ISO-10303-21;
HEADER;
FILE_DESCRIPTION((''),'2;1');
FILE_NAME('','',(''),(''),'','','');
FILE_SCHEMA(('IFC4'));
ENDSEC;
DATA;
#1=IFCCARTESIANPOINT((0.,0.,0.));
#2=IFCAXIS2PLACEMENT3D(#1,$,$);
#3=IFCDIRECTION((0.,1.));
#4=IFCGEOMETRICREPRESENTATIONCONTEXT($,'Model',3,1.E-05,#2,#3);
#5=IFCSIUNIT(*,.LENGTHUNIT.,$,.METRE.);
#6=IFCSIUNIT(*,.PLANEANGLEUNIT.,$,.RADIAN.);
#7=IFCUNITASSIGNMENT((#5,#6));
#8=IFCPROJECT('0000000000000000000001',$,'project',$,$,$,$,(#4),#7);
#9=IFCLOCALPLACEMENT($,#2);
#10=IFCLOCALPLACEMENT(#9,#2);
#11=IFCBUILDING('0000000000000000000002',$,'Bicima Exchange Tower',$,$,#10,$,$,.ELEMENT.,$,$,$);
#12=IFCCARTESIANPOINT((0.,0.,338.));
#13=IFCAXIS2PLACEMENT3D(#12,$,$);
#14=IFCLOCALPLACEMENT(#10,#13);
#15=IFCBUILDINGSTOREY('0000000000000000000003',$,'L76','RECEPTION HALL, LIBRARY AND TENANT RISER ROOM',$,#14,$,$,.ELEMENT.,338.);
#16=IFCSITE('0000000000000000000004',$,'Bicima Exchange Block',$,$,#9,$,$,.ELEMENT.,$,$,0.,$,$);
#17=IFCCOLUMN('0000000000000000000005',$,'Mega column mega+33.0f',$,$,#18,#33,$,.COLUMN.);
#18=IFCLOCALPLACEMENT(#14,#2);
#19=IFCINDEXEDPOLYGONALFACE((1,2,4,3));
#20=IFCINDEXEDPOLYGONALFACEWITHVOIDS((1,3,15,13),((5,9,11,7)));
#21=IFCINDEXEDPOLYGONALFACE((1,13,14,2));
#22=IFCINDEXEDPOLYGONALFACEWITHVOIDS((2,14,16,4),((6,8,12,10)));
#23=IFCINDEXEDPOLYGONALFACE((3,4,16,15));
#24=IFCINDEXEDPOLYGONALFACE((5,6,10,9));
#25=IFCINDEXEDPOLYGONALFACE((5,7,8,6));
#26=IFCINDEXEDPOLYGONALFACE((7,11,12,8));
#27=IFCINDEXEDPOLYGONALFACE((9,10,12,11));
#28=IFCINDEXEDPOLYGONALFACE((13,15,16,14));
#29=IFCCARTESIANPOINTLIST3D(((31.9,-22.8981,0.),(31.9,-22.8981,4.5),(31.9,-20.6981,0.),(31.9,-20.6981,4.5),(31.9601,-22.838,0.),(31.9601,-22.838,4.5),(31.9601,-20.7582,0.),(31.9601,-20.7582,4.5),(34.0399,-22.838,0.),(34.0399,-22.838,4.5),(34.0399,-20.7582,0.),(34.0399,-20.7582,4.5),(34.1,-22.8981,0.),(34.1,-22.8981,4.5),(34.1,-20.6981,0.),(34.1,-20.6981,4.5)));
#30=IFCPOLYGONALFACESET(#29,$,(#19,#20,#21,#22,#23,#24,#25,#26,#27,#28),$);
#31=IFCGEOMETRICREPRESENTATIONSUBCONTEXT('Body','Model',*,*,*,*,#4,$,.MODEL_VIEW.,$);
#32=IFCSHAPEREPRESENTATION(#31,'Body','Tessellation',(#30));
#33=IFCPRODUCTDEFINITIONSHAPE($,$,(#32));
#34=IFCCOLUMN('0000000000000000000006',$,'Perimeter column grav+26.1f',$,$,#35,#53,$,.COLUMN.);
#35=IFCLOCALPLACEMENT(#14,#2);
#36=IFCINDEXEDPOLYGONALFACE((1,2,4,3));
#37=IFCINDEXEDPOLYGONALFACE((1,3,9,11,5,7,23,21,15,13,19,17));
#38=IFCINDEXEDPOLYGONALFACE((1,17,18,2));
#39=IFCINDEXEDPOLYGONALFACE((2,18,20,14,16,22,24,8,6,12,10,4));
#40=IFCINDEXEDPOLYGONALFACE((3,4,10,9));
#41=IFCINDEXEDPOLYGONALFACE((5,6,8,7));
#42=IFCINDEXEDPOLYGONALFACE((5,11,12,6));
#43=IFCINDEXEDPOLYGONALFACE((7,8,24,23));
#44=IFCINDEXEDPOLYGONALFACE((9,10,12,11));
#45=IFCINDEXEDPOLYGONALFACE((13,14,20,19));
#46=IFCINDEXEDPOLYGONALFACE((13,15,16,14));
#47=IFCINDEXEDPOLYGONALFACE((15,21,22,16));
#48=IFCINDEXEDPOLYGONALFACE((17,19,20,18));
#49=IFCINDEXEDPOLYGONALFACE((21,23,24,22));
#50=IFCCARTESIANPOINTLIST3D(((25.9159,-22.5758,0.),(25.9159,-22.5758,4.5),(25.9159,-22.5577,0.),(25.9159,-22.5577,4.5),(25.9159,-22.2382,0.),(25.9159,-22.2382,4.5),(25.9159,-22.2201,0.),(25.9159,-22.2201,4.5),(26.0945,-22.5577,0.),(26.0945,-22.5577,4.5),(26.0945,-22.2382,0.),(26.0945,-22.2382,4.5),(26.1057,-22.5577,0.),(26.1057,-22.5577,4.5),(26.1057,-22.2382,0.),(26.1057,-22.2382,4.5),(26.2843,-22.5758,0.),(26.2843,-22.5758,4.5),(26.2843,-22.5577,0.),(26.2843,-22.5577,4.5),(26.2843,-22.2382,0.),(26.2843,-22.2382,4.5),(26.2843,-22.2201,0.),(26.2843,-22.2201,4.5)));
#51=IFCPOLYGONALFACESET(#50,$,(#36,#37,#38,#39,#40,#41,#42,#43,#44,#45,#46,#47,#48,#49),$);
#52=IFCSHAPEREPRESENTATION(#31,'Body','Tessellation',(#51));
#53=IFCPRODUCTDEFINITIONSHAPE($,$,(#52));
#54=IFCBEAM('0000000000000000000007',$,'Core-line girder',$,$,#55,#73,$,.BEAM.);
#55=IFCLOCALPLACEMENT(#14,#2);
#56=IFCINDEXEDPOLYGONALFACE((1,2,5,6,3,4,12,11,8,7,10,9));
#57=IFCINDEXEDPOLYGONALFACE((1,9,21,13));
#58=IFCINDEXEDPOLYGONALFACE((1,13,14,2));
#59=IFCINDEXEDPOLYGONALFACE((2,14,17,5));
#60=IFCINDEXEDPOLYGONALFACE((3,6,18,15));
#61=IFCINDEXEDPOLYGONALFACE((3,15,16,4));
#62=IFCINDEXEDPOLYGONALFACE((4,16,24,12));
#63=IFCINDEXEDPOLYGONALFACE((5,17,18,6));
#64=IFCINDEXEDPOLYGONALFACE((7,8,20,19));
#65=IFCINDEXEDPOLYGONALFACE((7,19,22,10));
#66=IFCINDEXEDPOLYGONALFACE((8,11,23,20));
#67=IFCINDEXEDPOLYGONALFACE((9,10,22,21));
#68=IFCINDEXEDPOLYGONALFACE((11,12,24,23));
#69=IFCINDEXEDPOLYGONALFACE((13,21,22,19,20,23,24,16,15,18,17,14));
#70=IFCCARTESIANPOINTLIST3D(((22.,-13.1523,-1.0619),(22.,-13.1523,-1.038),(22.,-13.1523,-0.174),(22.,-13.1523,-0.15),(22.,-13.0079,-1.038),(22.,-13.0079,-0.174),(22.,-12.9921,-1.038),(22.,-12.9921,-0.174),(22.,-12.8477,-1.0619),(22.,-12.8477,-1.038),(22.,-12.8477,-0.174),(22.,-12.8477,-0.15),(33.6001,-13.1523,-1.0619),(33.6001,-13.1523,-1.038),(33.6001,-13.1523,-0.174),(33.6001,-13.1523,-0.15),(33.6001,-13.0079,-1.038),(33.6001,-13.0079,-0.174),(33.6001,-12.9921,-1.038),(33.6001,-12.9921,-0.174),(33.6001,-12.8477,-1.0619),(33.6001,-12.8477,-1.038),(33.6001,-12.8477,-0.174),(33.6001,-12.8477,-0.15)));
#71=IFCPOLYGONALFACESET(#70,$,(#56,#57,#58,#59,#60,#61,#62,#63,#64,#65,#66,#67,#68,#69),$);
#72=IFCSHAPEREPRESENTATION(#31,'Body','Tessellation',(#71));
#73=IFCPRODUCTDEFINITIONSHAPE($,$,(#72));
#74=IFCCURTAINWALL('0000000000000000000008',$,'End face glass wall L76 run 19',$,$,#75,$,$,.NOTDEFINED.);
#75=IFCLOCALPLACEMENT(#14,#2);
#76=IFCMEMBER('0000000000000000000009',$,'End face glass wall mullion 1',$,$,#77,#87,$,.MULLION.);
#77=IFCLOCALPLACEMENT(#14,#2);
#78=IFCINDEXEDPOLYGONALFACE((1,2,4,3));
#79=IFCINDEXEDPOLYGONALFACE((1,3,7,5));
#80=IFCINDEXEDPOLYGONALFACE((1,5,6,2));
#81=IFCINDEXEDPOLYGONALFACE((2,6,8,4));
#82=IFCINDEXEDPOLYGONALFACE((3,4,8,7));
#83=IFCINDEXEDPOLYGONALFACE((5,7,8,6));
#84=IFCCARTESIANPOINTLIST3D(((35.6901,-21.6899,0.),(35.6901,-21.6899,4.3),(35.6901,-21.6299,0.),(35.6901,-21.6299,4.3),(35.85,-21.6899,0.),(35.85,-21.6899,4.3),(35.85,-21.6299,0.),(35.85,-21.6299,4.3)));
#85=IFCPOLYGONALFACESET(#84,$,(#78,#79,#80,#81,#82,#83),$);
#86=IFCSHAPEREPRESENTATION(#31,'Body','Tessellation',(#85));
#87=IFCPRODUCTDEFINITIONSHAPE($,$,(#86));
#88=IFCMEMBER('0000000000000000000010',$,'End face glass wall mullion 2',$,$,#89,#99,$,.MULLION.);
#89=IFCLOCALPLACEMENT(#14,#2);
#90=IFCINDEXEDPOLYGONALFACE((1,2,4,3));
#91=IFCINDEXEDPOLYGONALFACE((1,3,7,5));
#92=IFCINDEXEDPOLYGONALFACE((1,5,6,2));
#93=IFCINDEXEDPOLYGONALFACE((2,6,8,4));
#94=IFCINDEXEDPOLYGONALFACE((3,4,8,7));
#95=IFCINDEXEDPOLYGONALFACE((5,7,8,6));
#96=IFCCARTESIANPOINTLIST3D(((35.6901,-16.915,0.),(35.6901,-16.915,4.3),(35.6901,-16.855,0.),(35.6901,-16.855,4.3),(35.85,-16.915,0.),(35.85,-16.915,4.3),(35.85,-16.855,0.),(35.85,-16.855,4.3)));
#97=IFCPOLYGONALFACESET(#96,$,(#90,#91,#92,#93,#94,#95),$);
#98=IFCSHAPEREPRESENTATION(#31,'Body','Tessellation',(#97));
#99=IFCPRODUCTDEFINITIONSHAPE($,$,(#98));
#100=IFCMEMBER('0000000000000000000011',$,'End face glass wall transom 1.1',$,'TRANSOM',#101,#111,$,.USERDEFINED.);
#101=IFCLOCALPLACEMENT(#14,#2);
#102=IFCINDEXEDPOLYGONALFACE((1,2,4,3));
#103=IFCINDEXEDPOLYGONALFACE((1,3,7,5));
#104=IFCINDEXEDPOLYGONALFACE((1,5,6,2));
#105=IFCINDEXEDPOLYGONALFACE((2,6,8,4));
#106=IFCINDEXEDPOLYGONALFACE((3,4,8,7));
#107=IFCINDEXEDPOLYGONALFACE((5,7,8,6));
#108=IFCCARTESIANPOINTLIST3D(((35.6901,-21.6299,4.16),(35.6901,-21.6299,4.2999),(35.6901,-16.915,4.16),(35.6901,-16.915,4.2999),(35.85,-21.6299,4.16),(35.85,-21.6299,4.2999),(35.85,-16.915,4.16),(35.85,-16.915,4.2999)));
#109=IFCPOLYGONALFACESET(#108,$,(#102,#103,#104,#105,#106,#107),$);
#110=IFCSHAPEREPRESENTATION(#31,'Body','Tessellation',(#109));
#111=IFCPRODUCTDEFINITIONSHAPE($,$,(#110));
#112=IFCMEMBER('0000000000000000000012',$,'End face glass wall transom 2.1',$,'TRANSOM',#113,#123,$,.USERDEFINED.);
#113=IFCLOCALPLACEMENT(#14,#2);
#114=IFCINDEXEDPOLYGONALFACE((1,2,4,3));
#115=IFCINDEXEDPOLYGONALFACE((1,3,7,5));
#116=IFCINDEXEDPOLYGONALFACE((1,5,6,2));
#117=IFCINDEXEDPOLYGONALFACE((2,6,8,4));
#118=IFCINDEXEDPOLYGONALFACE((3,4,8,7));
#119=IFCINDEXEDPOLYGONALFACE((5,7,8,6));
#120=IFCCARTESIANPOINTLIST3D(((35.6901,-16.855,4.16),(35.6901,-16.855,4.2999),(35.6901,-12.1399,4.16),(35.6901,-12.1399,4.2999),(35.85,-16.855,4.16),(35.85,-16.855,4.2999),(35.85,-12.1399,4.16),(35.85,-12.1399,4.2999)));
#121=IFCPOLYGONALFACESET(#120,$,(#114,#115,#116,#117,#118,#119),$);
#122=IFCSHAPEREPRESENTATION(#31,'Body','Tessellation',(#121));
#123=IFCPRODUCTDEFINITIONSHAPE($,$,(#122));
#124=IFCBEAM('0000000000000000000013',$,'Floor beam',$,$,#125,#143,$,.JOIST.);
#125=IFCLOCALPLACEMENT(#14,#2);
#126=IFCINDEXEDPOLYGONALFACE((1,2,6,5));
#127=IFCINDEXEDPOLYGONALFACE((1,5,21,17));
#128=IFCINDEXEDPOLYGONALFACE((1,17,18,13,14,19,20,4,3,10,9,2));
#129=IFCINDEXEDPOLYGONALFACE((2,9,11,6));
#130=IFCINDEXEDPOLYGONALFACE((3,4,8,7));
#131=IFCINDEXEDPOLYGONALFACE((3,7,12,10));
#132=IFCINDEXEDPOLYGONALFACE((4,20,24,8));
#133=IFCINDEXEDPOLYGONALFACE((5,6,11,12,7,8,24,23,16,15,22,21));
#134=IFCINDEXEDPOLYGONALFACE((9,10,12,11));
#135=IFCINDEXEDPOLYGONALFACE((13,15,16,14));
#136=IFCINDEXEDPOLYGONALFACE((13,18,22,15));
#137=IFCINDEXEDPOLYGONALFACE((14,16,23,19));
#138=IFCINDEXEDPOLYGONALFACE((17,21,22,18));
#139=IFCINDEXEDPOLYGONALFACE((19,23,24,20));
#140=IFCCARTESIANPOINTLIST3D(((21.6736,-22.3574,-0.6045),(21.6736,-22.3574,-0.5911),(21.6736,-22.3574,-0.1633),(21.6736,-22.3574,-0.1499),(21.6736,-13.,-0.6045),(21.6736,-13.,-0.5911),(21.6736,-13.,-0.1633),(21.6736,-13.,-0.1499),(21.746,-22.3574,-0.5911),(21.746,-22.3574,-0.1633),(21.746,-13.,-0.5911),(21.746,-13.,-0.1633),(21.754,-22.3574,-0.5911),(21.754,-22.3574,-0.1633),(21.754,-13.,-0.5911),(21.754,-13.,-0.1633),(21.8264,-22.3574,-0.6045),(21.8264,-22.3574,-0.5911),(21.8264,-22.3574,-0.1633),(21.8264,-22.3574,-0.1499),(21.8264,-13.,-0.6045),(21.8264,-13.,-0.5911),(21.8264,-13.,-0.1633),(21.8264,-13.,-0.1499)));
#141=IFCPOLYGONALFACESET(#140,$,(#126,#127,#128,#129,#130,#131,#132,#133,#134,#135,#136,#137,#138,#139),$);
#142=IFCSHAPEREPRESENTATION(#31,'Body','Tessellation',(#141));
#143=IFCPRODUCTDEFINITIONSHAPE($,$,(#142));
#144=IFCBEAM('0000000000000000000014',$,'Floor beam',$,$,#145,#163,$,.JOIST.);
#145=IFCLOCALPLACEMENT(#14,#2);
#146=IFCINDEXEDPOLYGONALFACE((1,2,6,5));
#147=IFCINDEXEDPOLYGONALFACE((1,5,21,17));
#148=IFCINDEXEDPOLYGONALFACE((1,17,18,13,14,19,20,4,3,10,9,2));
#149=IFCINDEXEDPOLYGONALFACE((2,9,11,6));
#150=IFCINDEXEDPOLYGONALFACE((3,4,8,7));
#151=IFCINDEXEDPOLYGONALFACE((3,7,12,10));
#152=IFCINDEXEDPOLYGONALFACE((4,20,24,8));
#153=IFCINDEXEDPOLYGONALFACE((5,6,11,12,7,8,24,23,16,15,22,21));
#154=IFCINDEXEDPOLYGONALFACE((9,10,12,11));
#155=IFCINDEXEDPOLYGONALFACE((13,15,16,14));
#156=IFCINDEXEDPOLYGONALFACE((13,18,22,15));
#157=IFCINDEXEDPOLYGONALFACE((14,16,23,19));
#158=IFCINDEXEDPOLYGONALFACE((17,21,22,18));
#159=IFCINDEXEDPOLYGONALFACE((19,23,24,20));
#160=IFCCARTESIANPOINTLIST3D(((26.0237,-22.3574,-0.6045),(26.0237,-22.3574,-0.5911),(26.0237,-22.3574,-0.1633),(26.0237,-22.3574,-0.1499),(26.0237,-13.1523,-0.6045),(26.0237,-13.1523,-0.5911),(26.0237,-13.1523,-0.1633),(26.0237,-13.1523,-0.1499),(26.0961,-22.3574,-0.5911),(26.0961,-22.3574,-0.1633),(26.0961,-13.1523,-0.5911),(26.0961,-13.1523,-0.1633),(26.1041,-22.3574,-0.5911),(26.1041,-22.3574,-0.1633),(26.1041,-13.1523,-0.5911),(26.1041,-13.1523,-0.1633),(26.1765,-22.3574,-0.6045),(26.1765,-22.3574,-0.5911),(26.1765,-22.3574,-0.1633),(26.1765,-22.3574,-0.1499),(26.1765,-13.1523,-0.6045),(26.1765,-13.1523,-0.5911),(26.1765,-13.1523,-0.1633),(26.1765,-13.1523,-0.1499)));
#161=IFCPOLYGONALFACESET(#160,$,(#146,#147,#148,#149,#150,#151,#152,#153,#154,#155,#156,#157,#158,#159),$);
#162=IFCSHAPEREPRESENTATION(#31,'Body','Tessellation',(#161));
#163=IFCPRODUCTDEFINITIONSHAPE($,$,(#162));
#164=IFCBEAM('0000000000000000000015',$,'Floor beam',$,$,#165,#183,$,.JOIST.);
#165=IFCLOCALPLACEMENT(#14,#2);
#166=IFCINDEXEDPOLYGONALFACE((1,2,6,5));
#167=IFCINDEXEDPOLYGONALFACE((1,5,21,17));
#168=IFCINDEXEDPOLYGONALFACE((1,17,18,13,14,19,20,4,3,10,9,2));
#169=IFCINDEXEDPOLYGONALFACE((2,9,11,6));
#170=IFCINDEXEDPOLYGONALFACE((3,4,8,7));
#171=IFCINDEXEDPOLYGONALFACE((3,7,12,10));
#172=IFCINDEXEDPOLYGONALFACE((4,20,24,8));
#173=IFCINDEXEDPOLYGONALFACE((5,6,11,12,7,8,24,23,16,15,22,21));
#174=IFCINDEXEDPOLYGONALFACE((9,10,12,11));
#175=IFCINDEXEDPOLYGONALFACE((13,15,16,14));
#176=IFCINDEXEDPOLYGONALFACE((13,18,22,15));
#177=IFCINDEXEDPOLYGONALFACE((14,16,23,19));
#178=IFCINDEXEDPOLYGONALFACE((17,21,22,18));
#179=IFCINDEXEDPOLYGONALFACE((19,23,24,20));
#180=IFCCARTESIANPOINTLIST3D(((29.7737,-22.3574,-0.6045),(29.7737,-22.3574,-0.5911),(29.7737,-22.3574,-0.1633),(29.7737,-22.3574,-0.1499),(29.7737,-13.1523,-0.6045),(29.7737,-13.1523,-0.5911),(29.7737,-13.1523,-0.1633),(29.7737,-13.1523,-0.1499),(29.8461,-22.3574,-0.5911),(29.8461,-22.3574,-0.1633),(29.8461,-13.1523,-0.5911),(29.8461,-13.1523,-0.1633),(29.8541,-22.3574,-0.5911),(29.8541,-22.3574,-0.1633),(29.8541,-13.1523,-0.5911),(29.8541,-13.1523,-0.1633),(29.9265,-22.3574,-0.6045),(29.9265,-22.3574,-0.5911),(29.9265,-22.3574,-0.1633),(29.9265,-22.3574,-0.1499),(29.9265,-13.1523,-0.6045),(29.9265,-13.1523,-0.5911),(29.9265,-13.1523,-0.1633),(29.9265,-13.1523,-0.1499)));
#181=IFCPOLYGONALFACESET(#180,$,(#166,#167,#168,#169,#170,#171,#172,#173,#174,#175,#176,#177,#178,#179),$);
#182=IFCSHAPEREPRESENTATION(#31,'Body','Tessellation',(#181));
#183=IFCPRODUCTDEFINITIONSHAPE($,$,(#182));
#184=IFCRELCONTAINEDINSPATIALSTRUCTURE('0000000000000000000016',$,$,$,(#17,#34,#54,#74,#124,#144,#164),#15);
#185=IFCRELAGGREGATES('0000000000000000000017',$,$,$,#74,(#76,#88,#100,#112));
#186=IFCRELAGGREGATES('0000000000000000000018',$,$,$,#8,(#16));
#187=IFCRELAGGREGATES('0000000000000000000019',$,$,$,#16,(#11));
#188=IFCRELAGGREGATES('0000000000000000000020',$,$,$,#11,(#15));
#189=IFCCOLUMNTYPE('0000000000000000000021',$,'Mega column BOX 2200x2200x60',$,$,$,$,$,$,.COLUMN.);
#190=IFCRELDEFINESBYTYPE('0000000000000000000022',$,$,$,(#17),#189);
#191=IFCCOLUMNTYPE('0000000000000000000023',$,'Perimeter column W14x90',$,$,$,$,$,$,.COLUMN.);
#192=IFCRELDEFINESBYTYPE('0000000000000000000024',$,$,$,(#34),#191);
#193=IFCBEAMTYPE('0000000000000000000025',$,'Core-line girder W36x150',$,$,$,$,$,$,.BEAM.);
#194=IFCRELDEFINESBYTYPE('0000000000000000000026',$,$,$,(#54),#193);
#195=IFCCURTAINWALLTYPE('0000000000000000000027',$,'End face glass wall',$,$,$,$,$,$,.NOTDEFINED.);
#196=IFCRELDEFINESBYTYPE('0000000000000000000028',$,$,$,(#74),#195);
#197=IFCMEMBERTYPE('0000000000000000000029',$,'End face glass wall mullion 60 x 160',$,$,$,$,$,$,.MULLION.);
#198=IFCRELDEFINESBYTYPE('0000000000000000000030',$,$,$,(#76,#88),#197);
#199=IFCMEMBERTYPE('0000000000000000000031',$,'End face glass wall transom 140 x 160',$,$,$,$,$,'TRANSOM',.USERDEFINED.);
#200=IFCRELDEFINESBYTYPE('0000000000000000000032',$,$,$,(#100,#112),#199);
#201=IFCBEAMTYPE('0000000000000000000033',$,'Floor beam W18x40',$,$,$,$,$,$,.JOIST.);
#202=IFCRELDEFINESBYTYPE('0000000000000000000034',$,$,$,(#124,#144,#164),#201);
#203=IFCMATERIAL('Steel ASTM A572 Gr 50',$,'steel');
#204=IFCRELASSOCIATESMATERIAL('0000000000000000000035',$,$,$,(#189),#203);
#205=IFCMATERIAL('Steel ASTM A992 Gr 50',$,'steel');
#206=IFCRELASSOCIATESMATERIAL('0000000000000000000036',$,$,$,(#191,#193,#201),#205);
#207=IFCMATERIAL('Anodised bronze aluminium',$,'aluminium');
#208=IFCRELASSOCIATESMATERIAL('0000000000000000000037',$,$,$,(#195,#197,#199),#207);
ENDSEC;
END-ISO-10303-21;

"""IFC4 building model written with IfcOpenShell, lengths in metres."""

from ifc_helpers import new_model, si_unit, direction, frame, origin, origin_2d, place, context, subcontext, project, spatial, rectangle, hollow_rectangle, i_section, extrude, material, material_profile, profile_set, type_object, element, aggregate, save


model = new_model("IFC4")

# Units and contexts
model_context = context("Model", 3, precision=1e-05, world=origin(), true_north=direction((0.0, 1.0)))
body_context = subcontext(model_context, "Body", "Model", "MODEL_VIEW")
ifc_project = project(units=[si_unit("LENGTHUNIT", "METRE"), si_unit("PLANEANGLEUNIT", "RADIAN")], contexts=[model_context])

# Site, building, storey
site_placement = place(None, origin())
site = spatial("IfcSite", under=ifc_project, at=site_placement, Name="Bicima Exchange Block", CompositionType="ELEMENT", RefElevation=0.0)
building_placement = place(site_placement, origin())
building = spatial("IfcBuilding", under=site, at=building_placement, Name="Bicima Exchange Tower", CompositionType="ELEMENT")
storey_placement = place(building_placement, frame((0.0, 0.0, 338.0)))
storey = spatial("IfcBuildingStorey", under=building, at=storey_placement, Name="L76", Description="RECEPTION HALL, LIBRARY AND TENANT RISER ROOM", CompositionType="ELEMENT", Elevation=338.0)

# Columns
ifc_material_1 = material(Name="Steel ASTM A572 Gr 50", Category="steel")
ifc_material_profile_1 = material_profile(ifc_material_1, hollow_rectangle(XDim=2.2, YDim=2.2, WallThickness=0.0601, at=origin_2d()))
ifc_profile_set_1 = profile_set([ifc_material_profile_1], Name="Steel ASTM A572 Gr 50")
column_type_1 = type_object("IfcColumnType", Name="Mega column BOX 2200x2200x60", PredefinedType="COLUMN", material=ifc_profile_set_1)
column_1_placement = place(storey_placement, frame((33.0, -21.7981, 0.0), z_axis=(0.0, 0.0, 1.0), x_axis=(1.0, 0.0, 0.0)))
element("IfcColumn", 1, at=column_1_placement, inside=storey, type_object=column_type_1, Name="Mega column mega+33.0f", PredefinedType="COLUMN", context=body_context, shape_type="SweptSolid", body=[
    extrude(hollow_rectangle(XDim=2.2, YDim=2.2, WallThickness=0.0601, at=origin_2d()), origin(), (0.0, 0.0, 1.0), 4.5),
])
ifc_material_2 = material(Name="Steel ASTM A992 Gr 50", Category="steel")
ifc_material_profile_2 = material_profile(ifc_material_2, i_section(OverallWidth=0.3684, OverallDepth=0.3557, WebThickness=0.0112, FlangeThickness=0.0181, at=origin_2d()))
ifc_profile_set_2 = profile_set([ifc_material_profile_2], Name="Steel ASTM A992 Gr 50")
column_type_2 = type_object("IfcColumnType", Name="Perimeter column W14x90", PredefinedType="COLUMN", material=ifc_profile_set_2)
column_2_placement = place(storey_placement, frame((26.1001, -22.3979, 0.0), z_axis=(0.0, 0.0, 1.0), x_axis=(1.0, 0.0, 0.0)))
element("IfcColumn", 2, at=column_2_placement, inside=storey, type_object=column_type_2, Name="Perimeter column grav+26.1f", PredefinedType="COLUMN", context=body_context, shape_type="SweptSolid", body=[
    extrude(i_section(OverallWidth=0.3684, OverallDepth=0.3557, WebThickness=0.0112, FlangeThickness=0.0181, at=origin_2d()), origin(), (0.0, 0.0, 1.0), 4.5),
])

# Beam
ifc_material_profile_3 = material_profile(ifc_material_2, i_section(OverallWidth=0.3047, OverallDepth=0.9119, WebThickness=0.0159, FlangeThickness=0.0239, at=origin_2d()))
ifc_profile_set_3 = profile_set([ifc_material_profile_3], Name="Steel ASTM A992 Gr 50")
beam_type_1 = type_object("IfcBeamType", Name="Core-line girder W36x150", PredefinedType="BEAM", material=ifc_profile_set_3)
beam_1_placement = place(storey_placement, frame((22.0, -13.0, -0.606), z_axis=(1.0, 0.0, 0.0), x_axis=(0.0, 1.0, 0.0)))
element("IfcBeam", 3, at=beam_1_placement, inside=storey, type_object=beam_type_1, Name="Core-line girder", PredefinedType="BEAM", context=body_context, shape_type="SweptSolid", body=[
    extrude(i_section(OverallWidth=0.3047, OverallDepth=0.9119, WebThickness=0.0159, FlangeThickness=0.0239, at=origin_2d()), origin(), (0.0, 0.0, 1.0), 11.6001),
])

# Curtain wall, members
ifc_material_3 = material(Name="Anodised bronze aluminium", Category="aluminium")
curtain_wall_type_1 = type_object("IfcCurtainWallType", Name="End face glass wall", PredefinedType="NOTDEFINED", material=ifc_material_3)
curtain_wall_1_placement = place(storey_placement, origin())
curtain_wall_1 = element("IfcCurtainWall", 4, at=curtain_wall_1_placement, inside=storey, type_object=curtain_wall_type_1, Name="End face glass wall L76 run 19", PredefinedType="NOTDEFINED")
ifc_material_profile_4 = material_profile(ifc_material_3, rectangle(XDim=0.1599, YDim=0.0601, at=origin_2d()))
ifc_profile_set_4 = profile_set([ifc_material_profile_4], Name="Anodised bronze aluminium")
member_type_1 = type_object("IfcMemberType", Name="End face glass wall mullion 60 x 160", PredefinedType="MULLION", material=ifc_profile_set_4)
member_1_placement = place(storey_placement, frame((35.77, -21.6599, 0.0), z_axis=(0.0, 0.0, 1.0), x_axis=(-1.0, 0.0, 0.0)))
member_1 = element("IfcMember", 5, at=member_1_placement, type_object=member_type_1, Name="End face glass wall mullion 1", PredefinedType="MULLION", context=body_context, shape_type="SweptSolid", body=[
    extrude(rectangle(XDim=0.1599, YDim=0.0601, at=origin_2d()), origin(), (0.0, 0.0, 1.0), 4.3),
])
member_2_placement = place(storey_placement, frame((35.77, -16.885, 0.0), z_axis=(0.0, 0.0, 1.0), x_axis=(-1.0, 0.0, 0.0)))
member_2 = element("IfcMember", 6, at=member_2_placement, type_object=member_type_1, Name="End face glass wall mullion 2", PredefinedType="MULLION", context=body_context, shape_type="SweptSolid", body=[
    extrude(rectangle(XDim=0.1599, YDim=0.0601, at=origin_2d()), origin(), (0.0, 0.0, 1.0), 4.3),
])
ifc_material_profile_5 = material_profile(ifc_material_3, rectangle(XDim=0.1599, YDim=0.1399, at=origin_2d()))
ifc_profile_set_5 = profile_set([ifc_material_profile_5], Name="Anodised bronze aluminium")
member_type_2 = type_object("IfcMemberType", Name="End face glass wall transom 140 x 160", ElementType="TRANSOM", PredefinedType="USERDEFINED", material=ifc_profile_set_5)
member_3_placement = place(storey_placement, frame((35.77, -21.6299, 4.23), z_axis=(0.0, 1.0, 0.0), x_axis=(-1.0, 0.0, 0.0)))
member_3 = element("IfcMember", 7, at=member_3_placement, type_object=member_type_2, Name="End face glass wall transom 1.1", ObjectType="TRANSOM", PredefinedType="USERDEFINED", context=body_context, shape_type="SweptSolid", body=[
    extrude(rectangle(XDim=0.1599, YDim=0.1399, at=origin_2d()), origin(), (0.0, 0.0, 1.0), 4.7148),
])
member_4_placement = place(storey_placement, frame((35.77, -16.855, 4.23), z_axis=(0.0, 1.0, 0.0), x_axis=(-1.0, 0.0, 0.0)))
member_4 = element("IfcMember", 8, at=member_4_placement, type_object=member_type_2, Name="End face glass wall transom 2.1", ObjectType="TRANSOM", PredefinedType="USERDEFINED", context=body_context, shape_type="SweptSolid", body=[
    extrude(rectangle(XDim=0.1599, YDim=0.1399, at=origin_2d()), origin(), (0.0, 0.0, 1.0), 4.7151),
])

# Beams
ifc_material_profile_6 = material_profile(ifc_material_2, i_section(OverallWidth=0.1528, OverallDepth=0.4546, WebThickness=0.0081, FlangeThickness=0.0134, at=origin_2d()))
ifc_profile_set_6 = profile_set([ifc_material_profile_6], Name="Steel ASTM A992 Gr 50")
beam_type_2 = type_object("IfcBeamType", Name="Floor beam W18x40", PredefinedType="JOIST", material=ifc_profile_set_6)
beam_2_placement = place(storey_placement, frame((21.75, -13.0, -0.3772), z_axis=(0.0, -1.0, 0.0), x_axis=(1.0, 0.0, 0.0)))
element("IfcBeam", 9, at=beam_2_placement, inside=storey, type_object=beam_type_2, Name="Floor beam", PredefinedType="JOIST", context=body_context, shape_type="SweptSolid", body=[
    extrude(i_section(OverallWidth=0.1528, OverallDepth=0.4546, WebThickness=0.0081, FlangeThickness=0.0134, at=origin_2d()), origin(), (0.0, 0.0, 1.0), 9.3574),
])
for number, where, z_axis, x_axis, name in (
    (10, (26.1001, -13.1523, -0.3772), (0.0, -1.0, 0.0), (1.0, 0.0, 0.0), "Floor beam"),
    (11, (29.8501, -13.1523, -0.3772), (0.0, -1.0, 0.0), (1.0, 0.0, 0.0), "Floor beam"),
):
    element("IfcBeam", number, at=place(storey_placement, frame(where, z_axis=z_axis, x_axis=x_axis)), inside=storey, type_object=beam_type_2, Name=name, PredefinedType="JOIST", context=body_context, shape_type="SweptSolid", body=[
        extrude(i_section(OverallWidth=0.1528, OverallDepth=0.4546, WebThickness=0.0081, FlangeThickness=0.0134, at=origin_2d()), origin(), (0.0, 0.0, 1.0), 9.2051),
    ])

aggregate(curtain_wall_1, [member_1, member_2, member_3, member_4])

save(model, "model.ifc")
